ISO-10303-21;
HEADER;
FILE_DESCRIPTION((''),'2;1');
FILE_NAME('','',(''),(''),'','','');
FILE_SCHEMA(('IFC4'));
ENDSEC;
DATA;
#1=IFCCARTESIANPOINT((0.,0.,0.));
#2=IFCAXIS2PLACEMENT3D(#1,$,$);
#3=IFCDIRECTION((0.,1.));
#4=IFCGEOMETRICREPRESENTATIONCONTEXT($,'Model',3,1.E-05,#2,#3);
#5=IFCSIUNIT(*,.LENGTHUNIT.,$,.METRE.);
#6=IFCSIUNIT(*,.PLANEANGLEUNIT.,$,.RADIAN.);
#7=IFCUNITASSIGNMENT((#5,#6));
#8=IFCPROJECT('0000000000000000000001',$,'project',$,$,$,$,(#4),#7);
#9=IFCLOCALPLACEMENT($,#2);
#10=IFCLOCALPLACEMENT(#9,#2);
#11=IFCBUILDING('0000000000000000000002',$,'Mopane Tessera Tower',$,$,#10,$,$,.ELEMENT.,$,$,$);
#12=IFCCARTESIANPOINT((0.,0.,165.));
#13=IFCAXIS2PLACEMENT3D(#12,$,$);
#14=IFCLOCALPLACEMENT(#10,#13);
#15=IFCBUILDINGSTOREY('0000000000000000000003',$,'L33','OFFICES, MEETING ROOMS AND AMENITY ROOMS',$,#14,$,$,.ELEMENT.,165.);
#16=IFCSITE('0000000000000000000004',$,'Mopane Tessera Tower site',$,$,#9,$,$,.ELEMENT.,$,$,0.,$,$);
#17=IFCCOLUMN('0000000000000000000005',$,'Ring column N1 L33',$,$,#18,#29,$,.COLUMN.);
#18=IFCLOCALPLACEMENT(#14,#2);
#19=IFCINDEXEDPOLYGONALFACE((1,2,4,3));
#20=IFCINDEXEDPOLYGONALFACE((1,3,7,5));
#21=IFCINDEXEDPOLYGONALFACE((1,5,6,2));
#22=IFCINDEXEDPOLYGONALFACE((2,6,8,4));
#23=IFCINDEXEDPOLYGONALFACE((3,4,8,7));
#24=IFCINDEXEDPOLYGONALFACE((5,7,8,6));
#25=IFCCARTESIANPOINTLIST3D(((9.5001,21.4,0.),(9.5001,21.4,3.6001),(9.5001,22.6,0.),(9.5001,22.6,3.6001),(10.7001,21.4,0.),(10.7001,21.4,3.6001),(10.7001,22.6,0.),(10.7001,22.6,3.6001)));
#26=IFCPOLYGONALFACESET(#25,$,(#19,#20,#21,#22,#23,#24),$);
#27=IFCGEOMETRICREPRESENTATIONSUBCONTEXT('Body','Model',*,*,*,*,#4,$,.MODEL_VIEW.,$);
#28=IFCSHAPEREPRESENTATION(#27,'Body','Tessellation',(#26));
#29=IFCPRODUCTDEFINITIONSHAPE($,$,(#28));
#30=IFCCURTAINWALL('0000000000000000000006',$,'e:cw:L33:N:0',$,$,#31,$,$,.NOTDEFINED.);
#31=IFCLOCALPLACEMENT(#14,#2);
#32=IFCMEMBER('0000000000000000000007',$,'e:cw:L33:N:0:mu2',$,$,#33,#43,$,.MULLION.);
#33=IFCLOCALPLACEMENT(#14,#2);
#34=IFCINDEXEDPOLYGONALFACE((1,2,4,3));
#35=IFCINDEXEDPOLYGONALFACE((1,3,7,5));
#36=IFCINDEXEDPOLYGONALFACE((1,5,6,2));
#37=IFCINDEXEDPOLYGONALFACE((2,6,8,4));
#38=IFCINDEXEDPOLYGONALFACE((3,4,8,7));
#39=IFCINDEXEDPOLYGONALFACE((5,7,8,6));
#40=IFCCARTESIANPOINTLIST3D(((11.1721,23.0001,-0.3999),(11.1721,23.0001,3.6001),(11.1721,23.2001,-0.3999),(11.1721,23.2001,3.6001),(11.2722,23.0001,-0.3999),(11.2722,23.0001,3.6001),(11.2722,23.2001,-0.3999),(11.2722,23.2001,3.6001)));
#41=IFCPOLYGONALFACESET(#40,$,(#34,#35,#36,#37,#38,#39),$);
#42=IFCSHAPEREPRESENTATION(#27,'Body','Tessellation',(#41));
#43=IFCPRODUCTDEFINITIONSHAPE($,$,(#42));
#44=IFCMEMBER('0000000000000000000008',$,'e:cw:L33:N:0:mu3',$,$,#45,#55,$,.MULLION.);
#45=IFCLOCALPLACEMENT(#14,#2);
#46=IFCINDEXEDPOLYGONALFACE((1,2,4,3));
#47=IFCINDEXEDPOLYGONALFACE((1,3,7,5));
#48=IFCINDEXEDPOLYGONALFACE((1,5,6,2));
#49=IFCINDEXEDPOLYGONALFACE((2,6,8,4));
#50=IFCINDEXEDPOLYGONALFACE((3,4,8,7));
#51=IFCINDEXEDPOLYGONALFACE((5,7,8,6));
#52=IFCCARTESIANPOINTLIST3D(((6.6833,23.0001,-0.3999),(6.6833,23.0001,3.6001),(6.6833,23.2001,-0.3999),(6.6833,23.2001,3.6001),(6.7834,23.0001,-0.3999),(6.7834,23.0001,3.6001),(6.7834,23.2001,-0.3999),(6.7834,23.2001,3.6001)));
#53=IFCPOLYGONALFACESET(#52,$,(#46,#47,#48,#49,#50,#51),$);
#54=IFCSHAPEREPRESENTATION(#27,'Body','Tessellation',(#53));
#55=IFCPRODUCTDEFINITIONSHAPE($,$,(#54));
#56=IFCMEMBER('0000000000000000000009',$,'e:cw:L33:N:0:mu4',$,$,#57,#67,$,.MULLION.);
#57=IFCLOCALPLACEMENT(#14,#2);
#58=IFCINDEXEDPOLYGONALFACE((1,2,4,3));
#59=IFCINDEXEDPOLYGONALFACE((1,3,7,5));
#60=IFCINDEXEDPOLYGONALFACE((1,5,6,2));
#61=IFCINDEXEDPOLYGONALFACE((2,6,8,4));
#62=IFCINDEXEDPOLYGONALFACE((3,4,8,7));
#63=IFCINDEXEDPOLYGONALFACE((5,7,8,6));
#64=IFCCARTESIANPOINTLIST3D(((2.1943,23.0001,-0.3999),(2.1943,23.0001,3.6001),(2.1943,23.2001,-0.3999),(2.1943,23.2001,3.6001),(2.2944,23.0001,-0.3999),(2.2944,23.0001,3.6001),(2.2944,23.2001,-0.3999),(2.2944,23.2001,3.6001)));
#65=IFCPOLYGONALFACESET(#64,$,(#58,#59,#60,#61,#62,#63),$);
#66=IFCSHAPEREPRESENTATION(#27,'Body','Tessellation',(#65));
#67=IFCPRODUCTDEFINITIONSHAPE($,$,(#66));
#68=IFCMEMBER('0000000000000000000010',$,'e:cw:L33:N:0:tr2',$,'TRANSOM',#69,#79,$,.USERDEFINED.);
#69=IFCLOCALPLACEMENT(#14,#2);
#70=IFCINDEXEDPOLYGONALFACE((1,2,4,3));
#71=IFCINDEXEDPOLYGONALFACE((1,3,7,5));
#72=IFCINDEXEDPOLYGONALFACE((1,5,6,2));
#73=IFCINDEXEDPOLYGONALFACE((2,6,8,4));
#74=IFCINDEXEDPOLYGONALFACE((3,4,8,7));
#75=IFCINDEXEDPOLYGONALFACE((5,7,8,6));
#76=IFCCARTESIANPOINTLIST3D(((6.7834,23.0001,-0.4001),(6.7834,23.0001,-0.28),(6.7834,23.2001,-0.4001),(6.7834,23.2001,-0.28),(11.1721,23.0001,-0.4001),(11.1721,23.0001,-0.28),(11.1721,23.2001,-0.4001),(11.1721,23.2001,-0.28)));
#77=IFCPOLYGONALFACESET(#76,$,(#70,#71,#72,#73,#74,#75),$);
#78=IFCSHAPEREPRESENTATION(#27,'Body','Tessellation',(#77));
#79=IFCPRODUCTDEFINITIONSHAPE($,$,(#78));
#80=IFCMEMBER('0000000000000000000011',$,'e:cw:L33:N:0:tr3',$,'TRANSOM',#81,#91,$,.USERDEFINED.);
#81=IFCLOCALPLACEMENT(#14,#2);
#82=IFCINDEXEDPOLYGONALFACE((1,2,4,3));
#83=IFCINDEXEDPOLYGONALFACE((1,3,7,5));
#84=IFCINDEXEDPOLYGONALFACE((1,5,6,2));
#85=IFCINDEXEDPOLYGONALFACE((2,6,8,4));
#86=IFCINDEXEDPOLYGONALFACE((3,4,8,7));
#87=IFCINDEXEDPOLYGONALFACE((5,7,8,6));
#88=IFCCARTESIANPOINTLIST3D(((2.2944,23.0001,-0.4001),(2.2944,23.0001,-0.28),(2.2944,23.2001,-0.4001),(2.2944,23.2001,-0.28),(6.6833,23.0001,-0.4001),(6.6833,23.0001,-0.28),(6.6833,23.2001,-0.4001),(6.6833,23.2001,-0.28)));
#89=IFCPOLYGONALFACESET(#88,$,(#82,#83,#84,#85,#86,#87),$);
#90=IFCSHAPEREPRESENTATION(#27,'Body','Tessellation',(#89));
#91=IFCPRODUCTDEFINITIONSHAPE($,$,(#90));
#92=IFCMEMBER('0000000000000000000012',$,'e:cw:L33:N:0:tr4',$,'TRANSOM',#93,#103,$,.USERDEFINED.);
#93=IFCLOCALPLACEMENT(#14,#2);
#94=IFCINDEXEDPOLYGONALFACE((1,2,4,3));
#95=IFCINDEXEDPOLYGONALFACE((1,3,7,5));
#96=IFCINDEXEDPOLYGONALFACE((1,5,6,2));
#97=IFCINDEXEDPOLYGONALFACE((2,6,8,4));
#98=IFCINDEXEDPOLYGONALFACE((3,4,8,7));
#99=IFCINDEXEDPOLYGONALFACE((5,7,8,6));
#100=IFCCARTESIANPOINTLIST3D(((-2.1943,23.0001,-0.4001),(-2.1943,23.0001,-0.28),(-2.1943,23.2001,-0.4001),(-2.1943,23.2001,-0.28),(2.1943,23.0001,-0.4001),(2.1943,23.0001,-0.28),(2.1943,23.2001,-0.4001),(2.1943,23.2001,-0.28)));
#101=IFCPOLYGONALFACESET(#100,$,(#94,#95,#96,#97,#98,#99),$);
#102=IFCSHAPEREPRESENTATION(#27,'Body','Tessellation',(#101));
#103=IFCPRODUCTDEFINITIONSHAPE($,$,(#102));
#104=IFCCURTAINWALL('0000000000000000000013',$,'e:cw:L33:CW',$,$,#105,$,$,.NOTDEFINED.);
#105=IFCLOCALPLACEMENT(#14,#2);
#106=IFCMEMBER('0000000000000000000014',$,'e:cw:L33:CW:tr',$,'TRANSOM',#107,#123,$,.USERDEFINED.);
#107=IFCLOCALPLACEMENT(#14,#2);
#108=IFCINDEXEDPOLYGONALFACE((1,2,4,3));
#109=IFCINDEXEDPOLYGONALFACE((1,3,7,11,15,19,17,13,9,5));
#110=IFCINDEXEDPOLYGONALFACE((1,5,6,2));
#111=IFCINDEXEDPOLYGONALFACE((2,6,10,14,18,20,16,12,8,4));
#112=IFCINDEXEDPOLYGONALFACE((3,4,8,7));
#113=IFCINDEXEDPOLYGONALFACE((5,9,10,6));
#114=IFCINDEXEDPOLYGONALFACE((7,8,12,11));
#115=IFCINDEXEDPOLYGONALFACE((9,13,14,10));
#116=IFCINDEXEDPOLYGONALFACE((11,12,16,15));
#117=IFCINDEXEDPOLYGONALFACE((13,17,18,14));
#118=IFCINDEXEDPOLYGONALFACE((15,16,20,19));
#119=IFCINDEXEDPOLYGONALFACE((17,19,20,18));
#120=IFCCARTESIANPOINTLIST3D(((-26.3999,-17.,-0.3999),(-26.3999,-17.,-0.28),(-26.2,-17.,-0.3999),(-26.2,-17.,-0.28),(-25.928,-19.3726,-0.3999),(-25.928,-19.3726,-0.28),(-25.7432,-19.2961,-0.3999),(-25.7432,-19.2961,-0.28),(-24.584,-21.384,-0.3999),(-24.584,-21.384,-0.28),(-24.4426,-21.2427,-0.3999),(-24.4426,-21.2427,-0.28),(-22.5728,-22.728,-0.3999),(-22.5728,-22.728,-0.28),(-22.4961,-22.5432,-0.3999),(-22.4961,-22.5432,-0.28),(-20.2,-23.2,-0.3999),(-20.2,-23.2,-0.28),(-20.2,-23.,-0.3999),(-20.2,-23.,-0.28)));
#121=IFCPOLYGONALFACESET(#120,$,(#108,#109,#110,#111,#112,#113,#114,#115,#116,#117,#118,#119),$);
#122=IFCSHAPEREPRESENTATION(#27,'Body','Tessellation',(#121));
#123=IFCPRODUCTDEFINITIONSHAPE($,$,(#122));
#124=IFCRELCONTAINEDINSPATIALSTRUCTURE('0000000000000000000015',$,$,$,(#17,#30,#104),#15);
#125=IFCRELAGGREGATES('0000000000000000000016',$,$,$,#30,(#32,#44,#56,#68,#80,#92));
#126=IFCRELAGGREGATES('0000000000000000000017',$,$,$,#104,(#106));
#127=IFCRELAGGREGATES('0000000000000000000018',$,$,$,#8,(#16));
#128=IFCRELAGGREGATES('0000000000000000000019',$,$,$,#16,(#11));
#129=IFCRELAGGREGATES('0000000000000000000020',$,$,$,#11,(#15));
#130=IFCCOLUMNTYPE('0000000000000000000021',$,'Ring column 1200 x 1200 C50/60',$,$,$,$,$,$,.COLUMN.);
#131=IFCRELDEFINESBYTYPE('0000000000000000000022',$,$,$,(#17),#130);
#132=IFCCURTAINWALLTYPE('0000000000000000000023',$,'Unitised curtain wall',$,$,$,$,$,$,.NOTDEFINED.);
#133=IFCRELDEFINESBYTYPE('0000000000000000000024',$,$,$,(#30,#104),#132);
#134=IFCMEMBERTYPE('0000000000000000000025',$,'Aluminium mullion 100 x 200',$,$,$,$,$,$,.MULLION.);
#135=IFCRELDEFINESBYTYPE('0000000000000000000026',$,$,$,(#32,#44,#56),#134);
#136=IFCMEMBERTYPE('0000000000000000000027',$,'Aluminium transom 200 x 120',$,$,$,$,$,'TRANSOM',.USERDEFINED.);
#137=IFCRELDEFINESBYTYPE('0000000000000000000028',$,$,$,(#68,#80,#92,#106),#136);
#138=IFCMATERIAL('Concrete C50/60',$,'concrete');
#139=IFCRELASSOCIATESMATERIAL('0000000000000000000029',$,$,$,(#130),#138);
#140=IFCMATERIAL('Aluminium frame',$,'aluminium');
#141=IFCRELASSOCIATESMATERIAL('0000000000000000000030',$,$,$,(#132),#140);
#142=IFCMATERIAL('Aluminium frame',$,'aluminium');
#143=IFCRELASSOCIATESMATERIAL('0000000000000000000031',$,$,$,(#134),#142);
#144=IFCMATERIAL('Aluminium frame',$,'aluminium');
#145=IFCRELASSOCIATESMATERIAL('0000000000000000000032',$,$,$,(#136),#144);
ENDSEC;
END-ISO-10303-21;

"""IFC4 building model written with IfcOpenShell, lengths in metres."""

from ifc_helpers import new_model, si_unit, direction, frame, origin, origin_2d, place, context, subcontext, project, spatial, polyline, rectangle, outline, extrude, material, material_profile, profile_set, type_object, element, aggregate, save


model = new_model("IFC4")

# Units and contexts
model_context = context("Model", 3, precision=1e-05, world=origin(), true_north=direction((0.0, 1.0)))
body_context = subcontext(model_context, "Body", "Model", "MODEL_VIEW")
ifc_project = project(units=[si_unit("LENGTHUNIT", "METRE"), si_unit("PLANEANGLEUNIT", "RADIAN")], contexts=[model_context])

# Site, building, storey
site_placement = place(None, origin())
site = spatial("IfcSite", under=ifc_project, at=site_placement, Name="Mopane Tessera Tower site", CompositionType="ELEMENT", RefElevation=0.0)
building_placement = place(site_placement, origin())
building = spatial("IfcBuilding", under=site, at=building_placement, Name="Mopane Tessera Tower", CompositionType="ELEMENT")
storey_placement = place(building_placement, frame((0.0, 0.0, 165.0)))
storey = spatial("IfcBuildingStorey", under=building, at=storey_placement, Name="L33", Description="OFFICES, MEETING ROOMS AND AMENITY ROOMS", CompositionType="ELEMENT", Elevation=165.0)

# Column
ifc_material_1 = material(Name="Concrete C50/60", Category="concrete")
ifc_material_profile_1 = material_profile(ifc_material_1, rectangle(XDim=1.2, YDim=1.2, at=origin_2d()))
ifc_profile_set_1 = profile_set([ifc_material_profile_1], Name="Concrete C50/60")
column_type = type_object("IfcColumnType", Name="Ring column 1200 x 1200 C50/60", PredefinedType="COLUMN", material=ifc_profile_set_1)
column_placement = place(storey_placement, frame((10.1001, 22.0, 0.0), z_axis=(0.0, 0.0, 1.0), x_axis=(1.0, 0.0, 0.0)))
element("IfcColumn", 1, at=column_placement, inside=storey, type_object=column_type, Name="Ring column N1 L33", PredefinedType="COLUMN", context=body_context, shape_type="SweptSolid", body=[
    extrude(rectangle(XDim=1.2, YDim=1.2, at=origin_2d()), origin(), (0.0, 0.0, 1.0), 3.6001),
])

# Curtain wall, members
ifc_material_2 = material(Name="Aluminium frame", Category="aluminium")
curtain_wall_type = type_object("IfcCurtainWallType", Name="Unitised curtain wall", PredefinedType="NOTDEFINED", material=ifc_material_2)
curtain_wall_1_placement = place(storey_placement, origin())
curtain_wall_1 = element("IfcCurtainWall", 2, at=curtain_wall_1_placement, inside=storey, type_object=curtain_wall_type, Name="e:cw:L33:N:0", PredefinedType="NOTDEFINED")
ifc_material_3 = material(Name="Aluminium frame", Category="aluminium")
ifc_material_profile_2 = material_profile(ifc_material_3, rectangle(XDim=0.1001, YDim=0.2, at=origin_2d()))
ifc_profile_set_2 = profile_set([ifc_material_profile_2], Name="Aluminium frame")
member_type_1 = type_object("IfcMemberType", Name="Aluminium mullion 100 x 200", PredefinedType="MULLION", material=ifc_profile_set_2)
member_1_placement = place(storey_placement, frame((11.2222, 23.1001, -0.3999), z_axis=(0.0, 0.0, 1.0), x_axis=(-1.0, 0.0, 0.0)))
member_1 = element("IfcMember", 3, at=member_1_placement, type_object=member_type_1, Name="e:cw:L33:N:0:mu2", PredefinedType="MULLION", context=body_context, shape_type="SweptSolid", body=[
    extrude(rectangle(XDim=0.1001, YDim=0.2, at=origin_2d()), origin(), (0.0, 0.0, 1.0), 4.0),
])
member_2_placement = place(storey_placement, frame((6.7334, 23.1001, -0.3999), z_axis=(0.0, 0.0, 1.0), x_axis=(-1.0, 0.0, 0.0)))
member_2 = element("IfcMember", 4, at=member_2_placement, type_object=member_type_1, Name="e:cw:L33:N:0:mu3", PredefinedType="MULLION", context=body_context, shape_type="SweptSolid", body=[
    extrude(rectangle(XDim=0.1001, YDim=0.2, at=origin_2d()), origin(), (0.0, 0.0, 1.0), 4.0),
])
member_3_placement = place(storey_placement, frame((2.2444, 23.1001, -0.3999), z_axis=(0.0, 0.0, 1.0), x_axis=(-1.0, 0.0, 0.0)))
member_3 = element("IfcMember", 5, at=member_3_placement, type_object=member_type_1, Name="e:cw:L33:N:0:mu4", PredefinedType="MULLION", context=body_context, shape_type="SweptSolid", body=[
    extrude(rectangle(XDim=0.1001, YDim=0.2, at=origin_2d()), origin(), (0.0, 0.0, 1.0), 4.0),
])
ifc_material_4 = material(Name="Aluminium frame", Category="aluminium")
ifc_material_profile_3 = material_profile(ifc_material_4, rectangle(XDim=0.2, YDim=0.1201, at=origin_2d()))
ifc_profile_set_3 = profile_set([ifc_material_profile_3], Name="Aluminium frame")
member_type_2 = type_object("IfcMemberType", Name="Aluminium transom 200 x 120", ElementType="TRANSOM", PredefinedType="USERDEFINED", material=ifc_profile_set_3)
member_4_placement = place(storey_placement, frame((11.1721, 23.1001, -0.3401), z_axis=(-1.0, 0.0, 0.0), x_axis=(0.0, -1.0, 0.0)))
member_4 = element("IfcMember", 6, at=member_4_placement, type_object=member_type_2, Name="e:cw:L33:N:0:tr2", ObjectType="TRANSOM", PredefinedType="USERDEFINED", context=body_context, shape_type="SweptSolid", body=[
    extrude(rectangle(XDim=0.2, YDim=0.1201, at=origin_2d()), origin(), (0.0, 0.0, 1.0), 4.3887),
])
member_5_placement = place(storey_placement, frame((6.6833, 23.1001, -0.3401), z_axis=(-1.0, 0.0, 0.0), x_axis=(0.0, -1.0, 0.0)))
member_5 = element("IfcMember", 7, at=member_5_placement, type_object=member_type_2, Name="e:cw:L33:N:0:tr3", ObjectType="TRANSOM", PredefinedType="USERDEFINED", context=body_context, shape_type="SweptSolid", body=[
    extrude(rectangle(XDim=0.2, YDim=0.1201, at=origin_2d()), origin(), (0.0, 0.0, 1.0), 4.3889),
])
member_6_placement = place(storey_placement, frame((2.1943, 23.1001, -0.3401), z_axis=(-1.0, 0.0, 0.0), x_axis=(0.0, -1.0, 0.0)))
member_6 = element("IfcMember", 8, at=member_6_placement, type_object=member_type_2, Name="e:cw:L33:N:0:tr4", ObjectType="TRANSOM", PredefinedType="USERDEFINED", context=body_context, shape_type="SweptSolid", body=[
    extrude(rectangle(XDim=0.2, YDim=0.1201, at=origin_2d()), origin(), (0.0, 0.0, 1.0), 4.3887),
])

# Curtain wall, member
curtain_wall_2_placement = place(storey_placement, origin())
curtain_wall_2 = element("IfcCurtainWall", 9, at=curtain_wall_2_placement, inside=storey, type_object=curtain_wall_type, Name="e:cw:L33:CW", PredefinedType="NOTDEFINED")
member_7_placement = place(storey_placement, frame((0.0, 0.0, -0.3999)))
member_7 = element("IfcMember", 10, at=member_7_placement, type_object=member_type_2, Name="e:cw:L33:CW:tr", ObjectType="TRANSOM", PredefinedType="USERDEFINED", context=body_context, shape_type="SweptSolid", body=[
    extrude(outline(polyline([(-26.2, -17.0), (-25.7432, -19.2961), (-24.4426, -21.2427), (-22.4961, -22.5432), (-20.2, -23.0), (-20.2, -23.2), (-22.5728, -22.728), (-24.584, -21.384), (-25.928, -19.3726), (-26.3999, -17.0), (-26.2, -17.0)])), origin(), (0.0, 0.0, 1.0), 0.1199),
])

aggregate(curtain_wall_1, [member_1, member_2, member_3, member_4, member_5, member_6])

aggregate(curtain_wall_2, [member_7])

save(model, "model.ifc")
